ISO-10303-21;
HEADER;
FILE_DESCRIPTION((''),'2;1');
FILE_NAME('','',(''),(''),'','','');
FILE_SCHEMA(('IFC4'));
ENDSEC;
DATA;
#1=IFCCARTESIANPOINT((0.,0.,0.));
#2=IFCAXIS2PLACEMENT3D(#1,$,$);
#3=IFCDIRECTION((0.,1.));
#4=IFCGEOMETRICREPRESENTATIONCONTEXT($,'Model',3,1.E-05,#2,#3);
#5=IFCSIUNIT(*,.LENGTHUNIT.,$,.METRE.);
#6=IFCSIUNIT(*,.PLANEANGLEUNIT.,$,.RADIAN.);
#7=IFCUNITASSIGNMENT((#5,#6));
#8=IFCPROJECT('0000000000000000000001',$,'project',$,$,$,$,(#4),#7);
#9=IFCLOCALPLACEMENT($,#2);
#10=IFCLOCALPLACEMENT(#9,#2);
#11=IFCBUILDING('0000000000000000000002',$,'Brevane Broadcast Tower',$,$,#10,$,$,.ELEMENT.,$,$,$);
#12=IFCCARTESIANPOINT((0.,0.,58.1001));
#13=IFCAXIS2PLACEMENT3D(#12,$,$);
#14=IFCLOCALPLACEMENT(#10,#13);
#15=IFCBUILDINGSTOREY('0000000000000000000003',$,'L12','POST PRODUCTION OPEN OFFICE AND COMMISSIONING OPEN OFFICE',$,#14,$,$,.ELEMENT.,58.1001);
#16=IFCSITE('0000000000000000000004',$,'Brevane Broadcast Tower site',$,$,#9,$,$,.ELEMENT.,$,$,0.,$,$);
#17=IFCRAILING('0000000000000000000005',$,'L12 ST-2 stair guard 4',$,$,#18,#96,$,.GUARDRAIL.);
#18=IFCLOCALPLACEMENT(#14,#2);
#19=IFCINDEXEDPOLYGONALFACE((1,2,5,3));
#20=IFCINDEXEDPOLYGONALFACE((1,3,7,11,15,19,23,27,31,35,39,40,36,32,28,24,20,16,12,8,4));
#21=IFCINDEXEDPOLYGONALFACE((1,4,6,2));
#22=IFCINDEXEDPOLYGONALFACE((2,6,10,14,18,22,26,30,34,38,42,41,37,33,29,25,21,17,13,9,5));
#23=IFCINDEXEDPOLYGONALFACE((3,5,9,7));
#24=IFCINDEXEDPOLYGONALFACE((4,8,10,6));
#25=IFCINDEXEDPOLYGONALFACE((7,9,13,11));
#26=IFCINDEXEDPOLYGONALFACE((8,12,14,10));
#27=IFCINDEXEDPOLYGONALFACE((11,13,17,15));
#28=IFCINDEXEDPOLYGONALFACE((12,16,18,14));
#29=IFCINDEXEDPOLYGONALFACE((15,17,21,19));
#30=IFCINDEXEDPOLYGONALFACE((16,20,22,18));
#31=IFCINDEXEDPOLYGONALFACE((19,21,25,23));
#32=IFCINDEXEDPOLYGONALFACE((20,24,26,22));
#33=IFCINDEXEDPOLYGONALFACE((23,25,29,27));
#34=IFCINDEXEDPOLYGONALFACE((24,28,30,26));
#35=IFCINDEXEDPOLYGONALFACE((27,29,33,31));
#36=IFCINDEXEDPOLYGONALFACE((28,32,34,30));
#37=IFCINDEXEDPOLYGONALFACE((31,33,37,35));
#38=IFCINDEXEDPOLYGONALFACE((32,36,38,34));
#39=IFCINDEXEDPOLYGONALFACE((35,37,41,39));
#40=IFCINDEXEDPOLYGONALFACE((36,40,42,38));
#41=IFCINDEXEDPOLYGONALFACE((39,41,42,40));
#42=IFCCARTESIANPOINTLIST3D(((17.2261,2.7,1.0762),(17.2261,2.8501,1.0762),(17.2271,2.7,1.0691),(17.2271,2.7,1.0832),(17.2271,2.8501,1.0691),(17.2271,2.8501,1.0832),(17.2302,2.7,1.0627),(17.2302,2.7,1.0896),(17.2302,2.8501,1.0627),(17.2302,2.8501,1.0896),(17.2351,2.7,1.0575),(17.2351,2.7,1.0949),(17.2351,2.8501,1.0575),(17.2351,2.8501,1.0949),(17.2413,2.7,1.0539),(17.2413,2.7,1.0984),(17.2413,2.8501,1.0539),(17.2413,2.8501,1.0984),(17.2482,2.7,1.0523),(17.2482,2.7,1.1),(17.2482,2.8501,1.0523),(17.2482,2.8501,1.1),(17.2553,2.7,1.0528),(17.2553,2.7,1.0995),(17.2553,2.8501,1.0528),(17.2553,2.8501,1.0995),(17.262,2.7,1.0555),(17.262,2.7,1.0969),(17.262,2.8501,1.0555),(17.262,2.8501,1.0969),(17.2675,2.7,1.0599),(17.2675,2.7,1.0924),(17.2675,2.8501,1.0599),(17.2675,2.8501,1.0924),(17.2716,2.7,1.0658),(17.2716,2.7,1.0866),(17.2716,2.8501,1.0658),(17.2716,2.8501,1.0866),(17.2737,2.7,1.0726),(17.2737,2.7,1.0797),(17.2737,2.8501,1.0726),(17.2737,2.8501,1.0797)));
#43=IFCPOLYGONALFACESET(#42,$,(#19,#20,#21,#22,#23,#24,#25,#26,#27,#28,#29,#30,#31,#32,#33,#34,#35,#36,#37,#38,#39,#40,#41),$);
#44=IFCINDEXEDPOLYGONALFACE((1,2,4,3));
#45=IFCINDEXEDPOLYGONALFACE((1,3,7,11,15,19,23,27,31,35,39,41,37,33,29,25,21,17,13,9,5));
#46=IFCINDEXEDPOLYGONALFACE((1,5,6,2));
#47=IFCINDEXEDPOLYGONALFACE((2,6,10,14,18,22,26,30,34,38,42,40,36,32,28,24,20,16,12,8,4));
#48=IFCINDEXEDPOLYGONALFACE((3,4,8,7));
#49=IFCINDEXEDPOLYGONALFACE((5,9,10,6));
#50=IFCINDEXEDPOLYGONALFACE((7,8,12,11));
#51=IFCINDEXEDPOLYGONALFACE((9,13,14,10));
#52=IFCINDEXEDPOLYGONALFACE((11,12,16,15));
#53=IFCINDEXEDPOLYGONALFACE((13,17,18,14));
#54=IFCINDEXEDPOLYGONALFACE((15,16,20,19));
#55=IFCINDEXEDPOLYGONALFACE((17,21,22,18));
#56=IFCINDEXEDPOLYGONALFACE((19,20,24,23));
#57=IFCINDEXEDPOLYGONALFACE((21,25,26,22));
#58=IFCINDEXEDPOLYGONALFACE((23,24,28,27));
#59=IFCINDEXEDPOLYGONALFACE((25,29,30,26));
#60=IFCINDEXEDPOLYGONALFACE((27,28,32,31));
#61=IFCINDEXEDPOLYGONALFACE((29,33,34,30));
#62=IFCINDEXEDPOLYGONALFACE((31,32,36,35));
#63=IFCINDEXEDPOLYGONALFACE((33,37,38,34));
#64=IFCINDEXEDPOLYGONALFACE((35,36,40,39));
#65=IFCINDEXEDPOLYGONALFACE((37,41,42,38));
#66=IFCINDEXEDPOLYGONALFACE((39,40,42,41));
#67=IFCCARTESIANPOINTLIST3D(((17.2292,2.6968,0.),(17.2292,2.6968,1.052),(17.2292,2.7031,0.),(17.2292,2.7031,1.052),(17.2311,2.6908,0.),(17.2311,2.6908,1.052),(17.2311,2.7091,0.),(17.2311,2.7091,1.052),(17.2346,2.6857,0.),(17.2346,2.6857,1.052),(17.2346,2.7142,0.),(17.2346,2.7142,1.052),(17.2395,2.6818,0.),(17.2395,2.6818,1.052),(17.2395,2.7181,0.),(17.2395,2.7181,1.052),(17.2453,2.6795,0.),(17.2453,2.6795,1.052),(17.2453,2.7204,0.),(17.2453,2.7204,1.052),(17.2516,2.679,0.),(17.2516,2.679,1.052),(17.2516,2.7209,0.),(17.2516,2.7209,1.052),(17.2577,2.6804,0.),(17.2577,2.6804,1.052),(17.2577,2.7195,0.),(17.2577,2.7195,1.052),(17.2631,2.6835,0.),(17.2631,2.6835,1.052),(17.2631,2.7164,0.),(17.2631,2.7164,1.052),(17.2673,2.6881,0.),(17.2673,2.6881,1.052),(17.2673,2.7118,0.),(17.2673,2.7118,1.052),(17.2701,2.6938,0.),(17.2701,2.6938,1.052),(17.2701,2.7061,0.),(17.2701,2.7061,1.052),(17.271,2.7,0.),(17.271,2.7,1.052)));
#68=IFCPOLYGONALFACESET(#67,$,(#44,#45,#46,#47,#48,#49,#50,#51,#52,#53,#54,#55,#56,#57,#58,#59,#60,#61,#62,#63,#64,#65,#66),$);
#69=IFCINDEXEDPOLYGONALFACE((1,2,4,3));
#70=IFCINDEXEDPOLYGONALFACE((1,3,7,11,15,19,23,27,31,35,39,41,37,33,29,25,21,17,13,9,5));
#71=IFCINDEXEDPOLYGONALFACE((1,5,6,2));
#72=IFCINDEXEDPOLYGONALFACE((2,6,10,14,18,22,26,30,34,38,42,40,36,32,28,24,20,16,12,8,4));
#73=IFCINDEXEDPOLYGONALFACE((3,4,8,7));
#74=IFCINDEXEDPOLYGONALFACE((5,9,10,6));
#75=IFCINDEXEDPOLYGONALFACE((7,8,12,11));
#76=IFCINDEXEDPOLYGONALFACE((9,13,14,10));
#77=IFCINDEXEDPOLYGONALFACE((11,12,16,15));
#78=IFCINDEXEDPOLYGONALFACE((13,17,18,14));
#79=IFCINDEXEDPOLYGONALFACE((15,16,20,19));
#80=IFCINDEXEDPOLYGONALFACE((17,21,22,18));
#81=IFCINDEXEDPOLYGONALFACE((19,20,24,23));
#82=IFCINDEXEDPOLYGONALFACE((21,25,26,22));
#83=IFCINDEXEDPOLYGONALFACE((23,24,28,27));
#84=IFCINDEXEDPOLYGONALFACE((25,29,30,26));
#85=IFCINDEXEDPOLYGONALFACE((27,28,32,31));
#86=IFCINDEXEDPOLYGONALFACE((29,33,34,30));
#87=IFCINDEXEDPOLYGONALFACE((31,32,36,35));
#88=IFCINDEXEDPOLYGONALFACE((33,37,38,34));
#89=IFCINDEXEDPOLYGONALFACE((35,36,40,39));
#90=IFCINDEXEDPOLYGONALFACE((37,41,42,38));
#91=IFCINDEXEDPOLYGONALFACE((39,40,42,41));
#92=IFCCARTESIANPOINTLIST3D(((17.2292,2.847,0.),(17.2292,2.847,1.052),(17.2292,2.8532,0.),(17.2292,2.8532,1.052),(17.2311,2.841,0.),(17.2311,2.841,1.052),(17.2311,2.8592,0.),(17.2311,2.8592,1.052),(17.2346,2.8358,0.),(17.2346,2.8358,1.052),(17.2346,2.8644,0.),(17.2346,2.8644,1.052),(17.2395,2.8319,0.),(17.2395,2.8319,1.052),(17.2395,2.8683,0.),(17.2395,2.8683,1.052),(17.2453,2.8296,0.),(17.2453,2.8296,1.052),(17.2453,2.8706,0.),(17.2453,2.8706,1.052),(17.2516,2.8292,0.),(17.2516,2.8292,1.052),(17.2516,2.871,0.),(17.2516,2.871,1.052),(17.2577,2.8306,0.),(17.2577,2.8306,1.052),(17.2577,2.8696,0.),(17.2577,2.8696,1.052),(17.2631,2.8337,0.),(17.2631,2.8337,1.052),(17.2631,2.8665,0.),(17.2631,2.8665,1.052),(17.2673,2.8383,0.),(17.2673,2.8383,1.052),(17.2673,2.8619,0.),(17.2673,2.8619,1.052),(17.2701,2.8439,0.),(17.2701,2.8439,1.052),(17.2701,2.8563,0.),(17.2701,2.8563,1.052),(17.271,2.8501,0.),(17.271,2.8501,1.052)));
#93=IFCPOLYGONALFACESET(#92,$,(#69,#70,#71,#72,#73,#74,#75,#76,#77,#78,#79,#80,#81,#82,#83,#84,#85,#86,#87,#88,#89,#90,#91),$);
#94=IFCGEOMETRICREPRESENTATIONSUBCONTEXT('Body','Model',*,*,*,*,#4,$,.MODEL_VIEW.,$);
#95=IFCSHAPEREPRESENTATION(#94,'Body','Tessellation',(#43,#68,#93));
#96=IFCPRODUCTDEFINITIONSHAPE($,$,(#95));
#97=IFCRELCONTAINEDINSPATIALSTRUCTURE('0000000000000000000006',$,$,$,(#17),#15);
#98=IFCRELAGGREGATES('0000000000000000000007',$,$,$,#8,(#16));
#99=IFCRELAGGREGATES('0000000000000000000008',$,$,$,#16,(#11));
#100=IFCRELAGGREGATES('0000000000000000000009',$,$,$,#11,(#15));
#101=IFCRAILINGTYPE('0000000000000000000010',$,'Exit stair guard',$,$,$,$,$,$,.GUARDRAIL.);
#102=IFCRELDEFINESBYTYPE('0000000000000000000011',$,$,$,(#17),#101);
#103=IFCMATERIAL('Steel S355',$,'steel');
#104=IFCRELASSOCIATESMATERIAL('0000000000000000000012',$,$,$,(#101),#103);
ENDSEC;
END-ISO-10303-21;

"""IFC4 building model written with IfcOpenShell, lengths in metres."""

from ifc_helpers import new_model, si_unit, direction, frame, origin, origin_2d, place, context, subcontext, project, spatial, circle, extrude, material, type_object, element, save


model = new_model("IFC4")

# Units and contexts
model_context = context("Model", 3, precision=1e-05, world=origin(), true_north=direction((0.0, 1.0)))
body_context = subcontext(model_context, "Body", "Model", "MODEL_VIEW")
ifc_project = project(units=[si_unit("LENGTHUNIT", "METRE"), si_unit("PLANEANGLEUNIT", "RADIAN")], contexts=[model_context])

# Site, building, storey
site_placement = place(None, origin())
site = spatial("IfcSite", under=ifc_project, at=site_placement, Name="Brevane Broadcast Tower site", CompositionType="ELEMENT", RefElevation=0.0)
building_placement = place(site_placement, origin())
building = spatial("IfcBuilding", under=site, at=building_placement, Name="Brevane Broadcast Tower", CompositionType="ELEMENT")
storey_placement = place(building_placement, frame((0.0, 0.0, 58.1001)))
storey = spatial("IfcBuildingStorey", under=building, at=storey_placement, Name="L12", Description="POST PRODUCTION OPEN OFFICE AND COMMISSIONING OPEN OFFICE", CompositionType="ELEMENT", Elevation=58.1001)

# Railing
ifc_material_1 = material(Name="Steel S355", Category="steel")
railing_type_1 = type_object("IfcRailingType", Name="Exit stair guard", PredefinedType="GUARDRAIL", material=ifc_material_1)
railing_1_placement = place(storey_placement, frame((17.25, 2.7, 0.0)))
element("IfcRailing", 1, at=railing_1_placement, inside=storey, type_object=railing_type_1, Name="L12 ST-2 stair guard 4", PredefinedType="GUARDRAIL", context=body_context, shape_type="SweptSolid", body=[
    extrude(circle(Radius=0.0239, at=origin_2d()), frame((0.0, 0.0, 1.0762), z_axis=(0.0, 1.0, 0.0), x_axis=(-1.0, 0.0, 0.0)), (0.0, 0.0, 1.0), 0.1501),
    extrude(circle(Radius=0.021, at=origin_2d()), origin(), (0.0, 0.0, 1.0), 1.052),
    extrude(circle(Radius=0.021, at=origin_2d()), frame((0.0, 0.1501, 0.0)), (0.0, 0.0, 1.0), 1.052),
])

save(model, "model.ifc")
